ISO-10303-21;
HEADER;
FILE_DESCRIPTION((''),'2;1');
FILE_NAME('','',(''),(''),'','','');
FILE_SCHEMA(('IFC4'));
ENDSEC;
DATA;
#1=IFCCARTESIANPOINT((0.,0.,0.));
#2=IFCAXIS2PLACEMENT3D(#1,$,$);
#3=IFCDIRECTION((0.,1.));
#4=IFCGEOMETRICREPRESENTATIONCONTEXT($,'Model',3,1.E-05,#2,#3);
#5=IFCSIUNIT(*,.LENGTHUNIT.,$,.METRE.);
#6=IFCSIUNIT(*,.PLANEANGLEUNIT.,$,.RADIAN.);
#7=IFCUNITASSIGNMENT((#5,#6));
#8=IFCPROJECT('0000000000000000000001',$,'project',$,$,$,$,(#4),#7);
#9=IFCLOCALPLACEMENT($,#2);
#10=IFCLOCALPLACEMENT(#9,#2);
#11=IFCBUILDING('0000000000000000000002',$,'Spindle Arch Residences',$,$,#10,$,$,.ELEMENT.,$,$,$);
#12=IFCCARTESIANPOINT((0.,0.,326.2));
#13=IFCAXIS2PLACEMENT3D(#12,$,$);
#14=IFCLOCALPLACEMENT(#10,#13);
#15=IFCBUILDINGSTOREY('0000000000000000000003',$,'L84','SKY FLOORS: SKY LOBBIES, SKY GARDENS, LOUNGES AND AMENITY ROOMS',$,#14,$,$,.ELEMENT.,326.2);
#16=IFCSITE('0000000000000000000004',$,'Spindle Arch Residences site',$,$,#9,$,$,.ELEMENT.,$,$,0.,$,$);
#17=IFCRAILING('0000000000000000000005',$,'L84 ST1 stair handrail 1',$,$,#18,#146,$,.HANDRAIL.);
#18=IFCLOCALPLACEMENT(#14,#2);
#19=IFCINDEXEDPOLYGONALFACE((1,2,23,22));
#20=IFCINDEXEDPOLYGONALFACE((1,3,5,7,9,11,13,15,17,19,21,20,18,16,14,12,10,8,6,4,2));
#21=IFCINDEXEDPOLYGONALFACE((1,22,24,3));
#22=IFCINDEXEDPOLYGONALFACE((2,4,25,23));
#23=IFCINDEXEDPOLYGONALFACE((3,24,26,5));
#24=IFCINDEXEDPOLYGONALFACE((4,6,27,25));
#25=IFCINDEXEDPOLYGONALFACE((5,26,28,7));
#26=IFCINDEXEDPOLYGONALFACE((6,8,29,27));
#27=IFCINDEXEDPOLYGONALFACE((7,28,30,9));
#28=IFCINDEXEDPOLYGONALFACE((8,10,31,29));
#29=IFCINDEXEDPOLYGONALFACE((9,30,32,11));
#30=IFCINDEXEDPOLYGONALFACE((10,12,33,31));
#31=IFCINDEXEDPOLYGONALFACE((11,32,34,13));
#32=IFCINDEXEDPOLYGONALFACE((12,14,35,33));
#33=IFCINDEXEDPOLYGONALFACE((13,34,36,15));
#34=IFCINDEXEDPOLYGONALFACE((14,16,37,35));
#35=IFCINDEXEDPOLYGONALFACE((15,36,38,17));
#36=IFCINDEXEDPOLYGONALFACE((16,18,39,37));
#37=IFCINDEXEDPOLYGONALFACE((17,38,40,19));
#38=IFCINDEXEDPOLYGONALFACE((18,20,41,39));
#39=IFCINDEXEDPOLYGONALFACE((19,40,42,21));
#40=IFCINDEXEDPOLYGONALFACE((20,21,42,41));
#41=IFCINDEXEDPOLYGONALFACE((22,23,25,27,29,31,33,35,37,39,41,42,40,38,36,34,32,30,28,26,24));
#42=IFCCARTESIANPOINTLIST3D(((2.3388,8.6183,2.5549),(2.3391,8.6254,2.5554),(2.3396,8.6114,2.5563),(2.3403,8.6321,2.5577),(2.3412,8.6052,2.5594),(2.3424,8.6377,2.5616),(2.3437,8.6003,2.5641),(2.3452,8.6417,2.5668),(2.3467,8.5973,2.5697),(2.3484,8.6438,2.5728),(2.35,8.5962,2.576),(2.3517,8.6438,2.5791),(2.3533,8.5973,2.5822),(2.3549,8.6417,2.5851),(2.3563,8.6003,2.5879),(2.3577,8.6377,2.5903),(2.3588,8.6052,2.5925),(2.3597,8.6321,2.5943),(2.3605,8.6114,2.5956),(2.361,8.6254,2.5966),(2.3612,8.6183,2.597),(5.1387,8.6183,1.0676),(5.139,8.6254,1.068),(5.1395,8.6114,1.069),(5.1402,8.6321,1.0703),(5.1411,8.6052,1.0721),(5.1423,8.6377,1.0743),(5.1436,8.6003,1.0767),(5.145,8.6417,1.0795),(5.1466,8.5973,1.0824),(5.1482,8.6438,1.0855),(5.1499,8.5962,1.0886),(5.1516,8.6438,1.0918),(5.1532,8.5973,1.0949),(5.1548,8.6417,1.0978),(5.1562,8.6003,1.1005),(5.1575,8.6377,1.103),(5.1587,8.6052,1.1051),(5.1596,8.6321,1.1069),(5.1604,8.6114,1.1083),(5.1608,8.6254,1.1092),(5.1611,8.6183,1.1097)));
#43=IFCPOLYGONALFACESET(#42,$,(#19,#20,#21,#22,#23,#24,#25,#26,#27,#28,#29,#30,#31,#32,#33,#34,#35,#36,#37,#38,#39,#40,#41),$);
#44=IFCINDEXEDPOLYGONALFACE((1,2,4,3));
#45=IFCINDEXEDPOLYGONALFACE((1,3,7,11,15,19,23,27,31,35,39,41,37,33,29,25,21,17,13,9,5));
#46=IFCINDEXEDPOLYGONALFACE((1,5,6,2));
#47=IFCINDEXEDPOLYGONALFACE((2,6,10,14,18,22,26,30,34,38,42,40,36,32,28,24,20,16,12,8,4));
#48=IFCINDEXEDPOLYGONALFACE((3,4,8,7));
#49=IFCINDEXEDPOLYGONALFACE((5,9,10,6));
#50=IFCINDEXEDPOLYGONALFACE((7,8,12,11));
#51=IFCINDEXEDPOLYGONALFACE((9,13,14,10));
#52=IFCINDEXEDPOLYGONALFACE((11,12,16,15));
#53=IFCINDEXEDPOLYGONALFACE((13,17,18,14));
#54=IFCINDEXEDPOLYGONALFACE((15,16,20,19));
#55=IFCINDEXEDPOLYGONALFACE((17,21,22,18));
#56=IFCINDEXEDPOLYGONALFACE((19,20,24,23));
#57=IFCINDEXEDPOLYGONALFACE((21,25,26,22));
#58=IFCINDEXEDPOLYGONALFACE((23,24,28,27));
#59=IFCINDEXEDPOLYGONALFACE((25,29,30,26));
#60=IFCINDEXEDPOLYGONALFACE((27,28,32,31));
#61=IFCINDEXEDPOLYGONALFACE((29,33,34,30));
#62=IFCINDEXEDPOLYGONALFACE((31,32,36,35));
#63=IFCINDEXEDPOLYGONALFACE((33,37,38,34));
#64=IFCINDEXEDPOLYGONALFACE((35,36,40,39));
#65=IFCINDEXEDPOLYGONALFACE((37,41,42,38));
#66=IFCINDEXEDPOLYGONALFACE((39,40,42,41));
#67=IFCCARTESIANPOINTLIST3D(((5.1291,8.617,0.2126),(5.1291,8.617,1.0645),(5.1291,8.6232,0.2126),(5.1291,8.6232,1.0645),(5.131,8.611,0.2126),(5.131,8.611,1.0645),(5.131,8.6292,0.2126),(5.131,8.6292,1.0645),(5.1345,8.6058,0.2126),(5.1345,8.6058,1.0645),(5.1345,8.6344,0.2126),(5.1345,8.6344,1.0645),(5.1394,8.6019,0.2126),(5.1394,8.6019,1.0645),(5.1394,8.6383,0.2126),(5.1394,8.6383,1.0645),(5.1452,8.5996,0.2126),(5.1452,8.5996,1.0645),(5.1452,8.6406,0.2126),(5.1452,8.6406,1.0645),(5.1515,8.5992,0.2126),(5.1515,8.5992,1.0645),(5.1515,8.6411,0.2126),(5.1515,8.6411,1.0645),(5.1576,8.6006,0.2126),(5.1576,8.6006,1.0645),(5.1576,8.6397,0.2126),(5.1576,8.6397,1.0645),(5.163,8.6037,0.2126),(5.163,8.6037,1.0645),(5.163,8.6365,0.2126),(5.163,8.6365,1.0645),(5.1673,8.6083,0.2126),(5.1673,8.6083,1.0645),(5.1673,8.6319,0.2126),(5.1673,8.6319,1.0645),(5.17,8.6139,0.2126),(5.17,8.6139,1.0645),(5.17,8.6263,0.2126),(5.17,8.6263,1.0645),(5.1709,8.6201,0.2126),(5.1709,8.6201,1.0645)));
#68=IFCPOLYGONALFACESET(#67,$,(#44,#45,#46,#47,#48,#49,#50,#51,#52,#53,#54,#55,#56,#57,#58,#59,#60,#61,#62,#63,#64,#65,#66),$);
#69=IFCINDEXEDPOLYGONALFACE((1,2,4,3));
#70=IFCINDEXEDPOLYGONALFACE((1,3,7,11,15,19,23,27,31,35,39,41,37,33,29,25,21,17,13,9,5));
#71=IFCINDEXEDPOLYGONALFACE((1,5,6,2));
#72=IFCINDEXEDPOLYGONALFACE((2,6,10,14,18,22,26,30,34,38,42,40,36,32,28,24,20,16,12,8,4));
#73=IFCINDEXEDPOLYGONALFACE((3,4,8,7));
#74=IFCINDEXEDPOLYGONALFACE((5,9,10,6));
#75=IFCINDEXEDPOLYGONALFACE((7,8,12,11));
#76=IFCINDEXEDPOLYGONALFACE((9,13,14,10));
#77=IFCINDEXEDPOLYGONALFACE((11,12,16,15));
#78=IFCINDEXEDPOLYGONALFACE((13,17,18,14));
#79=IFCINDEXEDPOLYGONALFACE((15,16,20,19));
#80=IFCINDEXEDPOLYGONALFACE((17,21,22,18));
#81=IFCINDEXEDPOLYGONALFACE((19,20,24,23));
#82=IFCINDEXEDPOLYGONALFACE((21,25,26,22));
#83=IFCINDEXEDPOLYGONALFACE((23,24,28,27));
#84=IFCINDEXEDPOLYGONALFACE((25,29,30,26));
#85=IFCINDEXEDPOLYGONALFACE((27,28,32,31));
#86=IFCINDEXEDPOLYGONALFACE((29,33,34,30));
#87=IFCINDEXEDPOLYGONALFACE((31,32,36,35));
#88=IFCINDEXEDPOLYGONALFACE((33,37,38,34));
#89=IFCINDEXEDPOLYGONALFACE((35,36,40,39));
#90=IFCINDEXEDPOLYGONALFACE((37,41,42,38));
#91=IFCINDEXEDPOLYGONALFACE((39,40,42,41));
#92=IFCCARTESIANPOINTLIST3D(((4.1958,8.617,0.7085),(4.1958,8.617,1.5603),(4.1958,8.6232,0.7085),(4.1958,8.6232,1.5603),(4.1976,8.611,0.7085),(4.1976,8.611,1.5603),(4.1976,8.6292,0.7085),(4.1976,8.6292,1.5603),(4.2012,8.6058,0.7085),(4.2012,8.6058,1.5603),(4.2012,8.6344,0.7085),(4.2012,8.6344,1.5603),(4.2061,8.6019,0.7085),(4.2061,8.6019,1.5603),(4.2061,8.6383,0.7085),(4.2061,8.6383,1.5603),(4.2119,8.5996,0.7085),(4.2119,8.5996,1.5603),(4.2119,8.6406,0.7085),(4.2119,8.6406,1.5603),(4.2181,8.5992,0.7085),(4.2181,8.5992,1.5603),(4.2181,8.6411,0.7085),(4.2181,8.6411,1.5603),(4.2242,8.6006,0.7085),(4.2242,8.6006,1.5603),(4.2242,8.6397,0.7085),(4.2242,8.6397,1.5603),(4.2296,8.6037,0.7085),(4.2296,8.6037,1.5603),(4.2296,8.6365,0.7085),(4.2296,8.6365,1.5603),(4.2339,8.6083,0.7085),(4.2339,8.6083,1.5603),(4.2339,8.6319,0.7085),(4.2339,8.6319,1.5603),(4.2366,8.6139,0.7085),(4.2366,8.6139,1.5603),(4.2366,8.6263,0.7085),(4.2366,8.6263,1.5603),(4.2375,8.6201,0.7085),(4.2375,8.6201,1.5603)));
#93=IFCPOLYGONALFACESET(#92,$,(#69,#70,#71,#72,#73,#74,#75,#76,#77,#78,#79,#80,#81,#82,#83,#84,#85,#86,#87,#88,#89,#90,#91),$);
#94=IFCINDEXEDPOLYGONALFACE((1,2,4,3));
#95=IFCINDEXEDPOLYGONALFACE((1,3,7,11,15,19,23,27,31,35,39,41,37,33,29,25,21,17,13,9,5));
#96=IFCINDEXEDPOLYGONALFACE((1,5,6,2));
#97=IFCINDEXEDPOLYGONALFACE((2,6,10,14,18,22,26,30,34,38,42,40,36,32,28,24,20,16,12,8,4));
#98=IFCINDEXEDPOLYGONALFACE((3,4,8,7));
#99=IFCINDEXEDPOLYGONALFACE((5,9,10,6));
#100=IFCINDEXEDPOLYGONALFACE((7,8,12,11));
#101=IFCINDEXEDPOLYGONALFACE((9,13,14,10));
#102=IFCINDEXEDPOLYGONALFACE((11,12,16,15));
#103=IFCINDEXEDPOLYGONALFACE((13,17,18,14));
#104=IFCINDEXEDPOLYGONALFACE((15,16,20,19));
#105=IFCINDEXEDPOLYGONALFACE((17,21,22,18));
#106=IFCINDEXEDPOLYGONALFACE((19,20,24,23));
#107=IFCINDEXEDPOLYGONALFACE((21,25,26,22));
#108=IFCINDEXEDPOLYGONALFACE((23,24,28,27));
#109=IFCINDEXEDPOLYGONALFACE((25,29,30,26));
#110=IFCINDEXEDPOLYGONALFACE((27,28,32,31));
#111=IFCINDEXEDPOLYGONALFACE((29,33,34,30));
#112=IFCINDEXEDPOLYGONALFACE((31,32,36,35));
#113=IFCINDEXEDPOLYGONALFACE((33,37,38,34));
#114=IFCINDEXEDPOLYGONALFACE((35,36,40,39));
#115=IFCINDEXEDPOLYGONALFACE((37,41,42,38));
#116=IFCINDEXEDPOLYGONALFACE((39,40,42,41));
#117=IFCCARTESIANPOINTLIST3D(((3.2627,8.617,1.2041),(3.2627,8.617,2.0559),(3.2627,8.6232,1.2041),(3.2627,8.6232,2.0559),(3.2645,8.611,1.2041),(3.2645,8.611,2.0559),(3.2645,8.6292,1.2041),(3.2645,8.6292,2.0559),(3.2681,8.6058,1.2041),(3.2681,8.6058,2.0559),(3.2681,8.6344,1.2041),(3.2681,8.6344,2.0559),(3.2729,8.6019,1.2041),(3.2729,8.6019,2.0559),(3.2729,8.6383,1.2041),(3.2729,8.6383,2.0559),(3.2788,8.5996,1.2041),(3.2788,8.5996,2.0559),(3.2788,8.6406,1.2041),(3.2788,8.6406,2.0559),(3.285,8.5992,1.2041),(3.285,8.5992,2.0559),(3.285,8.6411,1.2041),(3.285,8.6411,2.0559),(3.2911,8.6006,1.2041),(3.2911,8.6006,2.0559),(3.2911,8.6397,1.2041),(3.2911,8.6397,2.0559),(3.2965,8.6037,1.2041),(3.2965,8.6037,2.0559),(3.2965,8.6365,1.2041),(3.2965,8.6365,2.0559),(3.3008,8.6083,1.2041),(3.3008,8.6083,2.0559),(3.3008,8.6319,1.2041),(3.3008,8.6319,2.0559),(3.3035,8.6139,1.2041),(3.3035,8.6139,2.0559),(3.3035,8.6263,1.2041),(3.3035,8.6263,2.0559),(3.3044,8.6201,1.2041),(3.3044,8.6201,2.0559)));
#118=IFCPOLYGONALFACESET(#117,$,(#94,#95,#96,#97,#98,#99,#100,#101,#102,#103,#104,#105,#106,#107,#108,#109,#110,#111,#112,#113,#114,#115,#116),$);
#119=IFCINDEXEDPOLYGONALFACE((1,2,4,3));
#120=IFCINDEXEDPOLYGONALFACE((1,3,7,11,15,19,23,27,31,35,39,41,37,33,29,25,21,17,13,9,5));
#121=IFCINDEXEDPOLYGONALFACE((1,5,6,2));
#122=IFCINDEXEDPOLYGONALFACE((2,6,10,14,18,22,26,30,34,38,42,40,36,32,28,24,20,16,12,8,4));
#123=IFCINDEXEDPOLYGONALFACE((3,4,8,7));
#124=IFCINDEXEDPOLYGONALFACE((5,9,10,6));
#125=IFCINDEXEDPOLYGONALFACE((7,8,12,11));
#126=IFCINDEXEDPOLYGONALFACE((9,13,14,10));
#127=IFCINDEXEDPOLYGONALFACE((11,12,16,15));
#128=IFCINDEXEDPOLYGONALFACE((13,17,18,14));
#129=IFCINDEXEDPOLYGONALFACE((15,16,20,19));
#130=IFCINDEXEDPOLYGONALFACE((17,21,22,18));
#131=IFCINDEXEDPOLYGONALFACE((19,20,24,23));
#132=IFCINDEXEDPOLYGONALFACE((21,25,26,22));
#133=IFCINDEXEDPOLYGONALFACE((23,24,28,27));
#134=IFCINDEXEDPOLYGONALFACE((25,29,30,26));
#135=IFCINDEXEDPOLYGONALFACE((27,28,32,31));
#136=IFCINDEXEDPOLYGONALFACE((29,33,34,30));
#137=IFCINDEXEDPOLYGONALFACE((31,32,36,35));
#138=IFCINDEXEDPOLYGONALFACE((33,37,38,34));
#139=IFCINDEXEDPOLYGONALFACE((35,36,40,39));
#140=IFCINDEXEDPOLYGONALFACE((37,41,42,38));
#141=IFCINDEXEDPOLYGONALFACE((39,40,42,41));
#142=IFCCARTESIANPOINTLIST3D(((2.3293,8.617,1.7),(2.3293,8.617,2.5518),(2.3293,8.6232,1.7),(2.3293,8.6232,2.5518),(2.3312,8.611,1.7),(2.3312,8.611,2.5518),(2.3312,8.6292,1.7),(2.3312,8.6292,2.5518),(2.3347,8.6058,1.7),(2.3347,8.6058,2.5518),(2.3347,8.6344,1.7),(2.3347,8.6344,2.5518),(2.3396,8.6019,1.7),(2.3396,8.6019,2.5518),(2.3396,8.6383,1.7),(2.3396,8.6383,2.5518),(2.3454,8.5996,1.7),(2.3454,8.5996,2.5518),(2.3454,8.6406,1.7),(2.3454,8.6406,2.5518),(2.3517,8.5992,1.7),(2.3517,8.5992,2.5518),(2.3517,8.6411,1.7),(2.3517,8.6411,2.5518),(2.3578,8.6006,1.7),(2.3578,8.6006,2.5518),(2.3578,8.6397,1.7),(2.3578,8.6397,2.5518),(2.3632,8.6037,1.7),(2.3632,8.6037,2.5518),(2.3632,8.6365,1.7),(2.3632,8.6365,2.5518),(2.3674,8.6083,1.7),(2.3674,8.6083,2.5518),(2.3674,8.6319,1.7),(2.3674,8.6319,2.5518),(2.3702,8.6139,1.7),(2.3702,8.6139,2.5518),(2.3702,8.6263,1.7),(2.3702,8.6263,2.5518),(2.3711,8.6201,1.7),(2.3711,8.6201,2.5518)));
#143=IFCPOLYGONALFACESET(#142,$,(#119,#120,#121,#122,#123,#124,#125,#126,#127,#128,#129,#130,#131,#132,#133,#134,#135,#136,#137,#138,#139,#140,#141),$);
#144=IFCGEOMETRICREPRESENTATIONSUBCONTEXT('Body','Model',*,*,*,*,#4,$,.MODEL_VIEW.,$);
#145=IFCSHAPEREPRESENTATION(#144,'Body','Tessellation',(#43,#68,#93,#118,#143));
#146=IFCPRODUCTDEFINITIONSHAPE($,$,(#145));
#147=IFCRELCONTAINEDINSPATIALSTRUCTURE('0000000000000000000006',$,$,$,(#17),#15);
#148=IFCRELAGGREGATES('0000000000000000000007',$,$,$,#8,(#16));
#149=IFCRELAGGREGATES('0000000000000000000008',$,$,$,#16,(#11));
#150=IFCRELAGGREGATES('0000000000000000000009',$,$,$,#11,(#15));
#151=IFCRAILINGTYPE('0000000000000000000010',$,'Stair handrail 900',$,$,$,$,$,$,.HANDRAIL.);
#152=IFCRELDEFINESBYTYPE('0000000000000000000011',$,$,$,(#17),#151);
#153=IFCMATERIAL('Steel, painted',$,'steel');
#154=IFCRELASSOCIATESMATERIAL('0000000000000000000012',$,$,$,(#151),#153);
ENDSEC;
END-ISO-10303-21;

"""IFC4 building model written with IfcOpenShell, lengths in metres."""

from ifc_helpers import new_model, si_unit, direction, frame, origin, origin_2d, place, context, subcontext, project, spatial, circle, extrude, material, type_object, element, save


model = new_model("IFC4")

# Units and contexts
model_context = context("Model", 3, precision=1e-05, world=origin(), true_north=direction((0.0, 1.0)))
body_context = subcontext(model_context, "Body", "Model", "MODEL_VIEW")
ifc_project = project(units=[si_unit("LENGTHUNIT", "METRE"), si_unit("PLANEANGLEUNIT", "RADIAN")], contexts=[model_context])

# Site, building, storey
site_placement = place(None, origin())
site = spatial("IfcSite", under=ifc_project, at=site_placement, Name="Spindle Arch Residences site", CompositionType="ELEMENT", RefElevation=0.0)
building_placement = place(site_placement, origin())
building = spatial("IfcBuilding", under=site, at=building_placement, Name="Spindle Arch Residences", CompositionType="ELEMENT")
storey_placement = place(building_placement, frame((0.0, 0.0, 326.2)))
storey = spatial("IfcBuildingStorey", under=building, at=storey_placement, Name="L84", Description="SKY FLOORS: SKY LOBBIES, SKY GARDENS, LOUNGES AND AMENITY ROOMS", CompositionType="ELEMENT", Elevation=326.2)

# Railing
ifc_material_1 = material(Name="Steel, painted", Category="steel")
railing_type_1 = type_object("IfcRailingType", Name="Stair handrail 900", PredefinedType="HANDRAIL", material=ifc_material_1)
railing_1_placement = place(storey_placement, frame((5.1499, 8.6201, 0.2126)))
element("IfcRailing", 1, at=railing_1_placement, inside=storey, type_object=railing_type_1, Name="L84 ST1 stair handrail 1", PredefinedType="HANDRAIL", context=body_context, shape_type="SweptSolid", body=[
    extrude(circle(Radius=0.0239, at=origin_2d()), frame((0.0, 0.0, 0.876), z_axis=(-0.883128, 0.0, 0.469133), x_axis=(0.0, -1.0, 0.0)), (0.0, 0.0, 1.0), 3.1704),
    extrude(circle(Radius=0.021, at=origin_2d()), origin(), (0.0, 0.0, 1.0), 0.8518),
    extrude(circle(Radius=0.021, at=origin_2d()), frame((-0.9333, 0.0, 0.4958)), (0.0, 0.0, 1.0), 0.8518),
    extrude(circle(Radius=0.021, at=origin_2d()), frame((-1.8665, 0.0, 0.9915)), (0.0, 0.0, 1.0), 0.8518),
    extrude(circle(Radius=0.021, at=origin_2d()), frame((-2.7998, 0.0, 1.4873)), (0.0, 0.0, 1.0), 0.8518),
])

save(model, "model.ifc")
